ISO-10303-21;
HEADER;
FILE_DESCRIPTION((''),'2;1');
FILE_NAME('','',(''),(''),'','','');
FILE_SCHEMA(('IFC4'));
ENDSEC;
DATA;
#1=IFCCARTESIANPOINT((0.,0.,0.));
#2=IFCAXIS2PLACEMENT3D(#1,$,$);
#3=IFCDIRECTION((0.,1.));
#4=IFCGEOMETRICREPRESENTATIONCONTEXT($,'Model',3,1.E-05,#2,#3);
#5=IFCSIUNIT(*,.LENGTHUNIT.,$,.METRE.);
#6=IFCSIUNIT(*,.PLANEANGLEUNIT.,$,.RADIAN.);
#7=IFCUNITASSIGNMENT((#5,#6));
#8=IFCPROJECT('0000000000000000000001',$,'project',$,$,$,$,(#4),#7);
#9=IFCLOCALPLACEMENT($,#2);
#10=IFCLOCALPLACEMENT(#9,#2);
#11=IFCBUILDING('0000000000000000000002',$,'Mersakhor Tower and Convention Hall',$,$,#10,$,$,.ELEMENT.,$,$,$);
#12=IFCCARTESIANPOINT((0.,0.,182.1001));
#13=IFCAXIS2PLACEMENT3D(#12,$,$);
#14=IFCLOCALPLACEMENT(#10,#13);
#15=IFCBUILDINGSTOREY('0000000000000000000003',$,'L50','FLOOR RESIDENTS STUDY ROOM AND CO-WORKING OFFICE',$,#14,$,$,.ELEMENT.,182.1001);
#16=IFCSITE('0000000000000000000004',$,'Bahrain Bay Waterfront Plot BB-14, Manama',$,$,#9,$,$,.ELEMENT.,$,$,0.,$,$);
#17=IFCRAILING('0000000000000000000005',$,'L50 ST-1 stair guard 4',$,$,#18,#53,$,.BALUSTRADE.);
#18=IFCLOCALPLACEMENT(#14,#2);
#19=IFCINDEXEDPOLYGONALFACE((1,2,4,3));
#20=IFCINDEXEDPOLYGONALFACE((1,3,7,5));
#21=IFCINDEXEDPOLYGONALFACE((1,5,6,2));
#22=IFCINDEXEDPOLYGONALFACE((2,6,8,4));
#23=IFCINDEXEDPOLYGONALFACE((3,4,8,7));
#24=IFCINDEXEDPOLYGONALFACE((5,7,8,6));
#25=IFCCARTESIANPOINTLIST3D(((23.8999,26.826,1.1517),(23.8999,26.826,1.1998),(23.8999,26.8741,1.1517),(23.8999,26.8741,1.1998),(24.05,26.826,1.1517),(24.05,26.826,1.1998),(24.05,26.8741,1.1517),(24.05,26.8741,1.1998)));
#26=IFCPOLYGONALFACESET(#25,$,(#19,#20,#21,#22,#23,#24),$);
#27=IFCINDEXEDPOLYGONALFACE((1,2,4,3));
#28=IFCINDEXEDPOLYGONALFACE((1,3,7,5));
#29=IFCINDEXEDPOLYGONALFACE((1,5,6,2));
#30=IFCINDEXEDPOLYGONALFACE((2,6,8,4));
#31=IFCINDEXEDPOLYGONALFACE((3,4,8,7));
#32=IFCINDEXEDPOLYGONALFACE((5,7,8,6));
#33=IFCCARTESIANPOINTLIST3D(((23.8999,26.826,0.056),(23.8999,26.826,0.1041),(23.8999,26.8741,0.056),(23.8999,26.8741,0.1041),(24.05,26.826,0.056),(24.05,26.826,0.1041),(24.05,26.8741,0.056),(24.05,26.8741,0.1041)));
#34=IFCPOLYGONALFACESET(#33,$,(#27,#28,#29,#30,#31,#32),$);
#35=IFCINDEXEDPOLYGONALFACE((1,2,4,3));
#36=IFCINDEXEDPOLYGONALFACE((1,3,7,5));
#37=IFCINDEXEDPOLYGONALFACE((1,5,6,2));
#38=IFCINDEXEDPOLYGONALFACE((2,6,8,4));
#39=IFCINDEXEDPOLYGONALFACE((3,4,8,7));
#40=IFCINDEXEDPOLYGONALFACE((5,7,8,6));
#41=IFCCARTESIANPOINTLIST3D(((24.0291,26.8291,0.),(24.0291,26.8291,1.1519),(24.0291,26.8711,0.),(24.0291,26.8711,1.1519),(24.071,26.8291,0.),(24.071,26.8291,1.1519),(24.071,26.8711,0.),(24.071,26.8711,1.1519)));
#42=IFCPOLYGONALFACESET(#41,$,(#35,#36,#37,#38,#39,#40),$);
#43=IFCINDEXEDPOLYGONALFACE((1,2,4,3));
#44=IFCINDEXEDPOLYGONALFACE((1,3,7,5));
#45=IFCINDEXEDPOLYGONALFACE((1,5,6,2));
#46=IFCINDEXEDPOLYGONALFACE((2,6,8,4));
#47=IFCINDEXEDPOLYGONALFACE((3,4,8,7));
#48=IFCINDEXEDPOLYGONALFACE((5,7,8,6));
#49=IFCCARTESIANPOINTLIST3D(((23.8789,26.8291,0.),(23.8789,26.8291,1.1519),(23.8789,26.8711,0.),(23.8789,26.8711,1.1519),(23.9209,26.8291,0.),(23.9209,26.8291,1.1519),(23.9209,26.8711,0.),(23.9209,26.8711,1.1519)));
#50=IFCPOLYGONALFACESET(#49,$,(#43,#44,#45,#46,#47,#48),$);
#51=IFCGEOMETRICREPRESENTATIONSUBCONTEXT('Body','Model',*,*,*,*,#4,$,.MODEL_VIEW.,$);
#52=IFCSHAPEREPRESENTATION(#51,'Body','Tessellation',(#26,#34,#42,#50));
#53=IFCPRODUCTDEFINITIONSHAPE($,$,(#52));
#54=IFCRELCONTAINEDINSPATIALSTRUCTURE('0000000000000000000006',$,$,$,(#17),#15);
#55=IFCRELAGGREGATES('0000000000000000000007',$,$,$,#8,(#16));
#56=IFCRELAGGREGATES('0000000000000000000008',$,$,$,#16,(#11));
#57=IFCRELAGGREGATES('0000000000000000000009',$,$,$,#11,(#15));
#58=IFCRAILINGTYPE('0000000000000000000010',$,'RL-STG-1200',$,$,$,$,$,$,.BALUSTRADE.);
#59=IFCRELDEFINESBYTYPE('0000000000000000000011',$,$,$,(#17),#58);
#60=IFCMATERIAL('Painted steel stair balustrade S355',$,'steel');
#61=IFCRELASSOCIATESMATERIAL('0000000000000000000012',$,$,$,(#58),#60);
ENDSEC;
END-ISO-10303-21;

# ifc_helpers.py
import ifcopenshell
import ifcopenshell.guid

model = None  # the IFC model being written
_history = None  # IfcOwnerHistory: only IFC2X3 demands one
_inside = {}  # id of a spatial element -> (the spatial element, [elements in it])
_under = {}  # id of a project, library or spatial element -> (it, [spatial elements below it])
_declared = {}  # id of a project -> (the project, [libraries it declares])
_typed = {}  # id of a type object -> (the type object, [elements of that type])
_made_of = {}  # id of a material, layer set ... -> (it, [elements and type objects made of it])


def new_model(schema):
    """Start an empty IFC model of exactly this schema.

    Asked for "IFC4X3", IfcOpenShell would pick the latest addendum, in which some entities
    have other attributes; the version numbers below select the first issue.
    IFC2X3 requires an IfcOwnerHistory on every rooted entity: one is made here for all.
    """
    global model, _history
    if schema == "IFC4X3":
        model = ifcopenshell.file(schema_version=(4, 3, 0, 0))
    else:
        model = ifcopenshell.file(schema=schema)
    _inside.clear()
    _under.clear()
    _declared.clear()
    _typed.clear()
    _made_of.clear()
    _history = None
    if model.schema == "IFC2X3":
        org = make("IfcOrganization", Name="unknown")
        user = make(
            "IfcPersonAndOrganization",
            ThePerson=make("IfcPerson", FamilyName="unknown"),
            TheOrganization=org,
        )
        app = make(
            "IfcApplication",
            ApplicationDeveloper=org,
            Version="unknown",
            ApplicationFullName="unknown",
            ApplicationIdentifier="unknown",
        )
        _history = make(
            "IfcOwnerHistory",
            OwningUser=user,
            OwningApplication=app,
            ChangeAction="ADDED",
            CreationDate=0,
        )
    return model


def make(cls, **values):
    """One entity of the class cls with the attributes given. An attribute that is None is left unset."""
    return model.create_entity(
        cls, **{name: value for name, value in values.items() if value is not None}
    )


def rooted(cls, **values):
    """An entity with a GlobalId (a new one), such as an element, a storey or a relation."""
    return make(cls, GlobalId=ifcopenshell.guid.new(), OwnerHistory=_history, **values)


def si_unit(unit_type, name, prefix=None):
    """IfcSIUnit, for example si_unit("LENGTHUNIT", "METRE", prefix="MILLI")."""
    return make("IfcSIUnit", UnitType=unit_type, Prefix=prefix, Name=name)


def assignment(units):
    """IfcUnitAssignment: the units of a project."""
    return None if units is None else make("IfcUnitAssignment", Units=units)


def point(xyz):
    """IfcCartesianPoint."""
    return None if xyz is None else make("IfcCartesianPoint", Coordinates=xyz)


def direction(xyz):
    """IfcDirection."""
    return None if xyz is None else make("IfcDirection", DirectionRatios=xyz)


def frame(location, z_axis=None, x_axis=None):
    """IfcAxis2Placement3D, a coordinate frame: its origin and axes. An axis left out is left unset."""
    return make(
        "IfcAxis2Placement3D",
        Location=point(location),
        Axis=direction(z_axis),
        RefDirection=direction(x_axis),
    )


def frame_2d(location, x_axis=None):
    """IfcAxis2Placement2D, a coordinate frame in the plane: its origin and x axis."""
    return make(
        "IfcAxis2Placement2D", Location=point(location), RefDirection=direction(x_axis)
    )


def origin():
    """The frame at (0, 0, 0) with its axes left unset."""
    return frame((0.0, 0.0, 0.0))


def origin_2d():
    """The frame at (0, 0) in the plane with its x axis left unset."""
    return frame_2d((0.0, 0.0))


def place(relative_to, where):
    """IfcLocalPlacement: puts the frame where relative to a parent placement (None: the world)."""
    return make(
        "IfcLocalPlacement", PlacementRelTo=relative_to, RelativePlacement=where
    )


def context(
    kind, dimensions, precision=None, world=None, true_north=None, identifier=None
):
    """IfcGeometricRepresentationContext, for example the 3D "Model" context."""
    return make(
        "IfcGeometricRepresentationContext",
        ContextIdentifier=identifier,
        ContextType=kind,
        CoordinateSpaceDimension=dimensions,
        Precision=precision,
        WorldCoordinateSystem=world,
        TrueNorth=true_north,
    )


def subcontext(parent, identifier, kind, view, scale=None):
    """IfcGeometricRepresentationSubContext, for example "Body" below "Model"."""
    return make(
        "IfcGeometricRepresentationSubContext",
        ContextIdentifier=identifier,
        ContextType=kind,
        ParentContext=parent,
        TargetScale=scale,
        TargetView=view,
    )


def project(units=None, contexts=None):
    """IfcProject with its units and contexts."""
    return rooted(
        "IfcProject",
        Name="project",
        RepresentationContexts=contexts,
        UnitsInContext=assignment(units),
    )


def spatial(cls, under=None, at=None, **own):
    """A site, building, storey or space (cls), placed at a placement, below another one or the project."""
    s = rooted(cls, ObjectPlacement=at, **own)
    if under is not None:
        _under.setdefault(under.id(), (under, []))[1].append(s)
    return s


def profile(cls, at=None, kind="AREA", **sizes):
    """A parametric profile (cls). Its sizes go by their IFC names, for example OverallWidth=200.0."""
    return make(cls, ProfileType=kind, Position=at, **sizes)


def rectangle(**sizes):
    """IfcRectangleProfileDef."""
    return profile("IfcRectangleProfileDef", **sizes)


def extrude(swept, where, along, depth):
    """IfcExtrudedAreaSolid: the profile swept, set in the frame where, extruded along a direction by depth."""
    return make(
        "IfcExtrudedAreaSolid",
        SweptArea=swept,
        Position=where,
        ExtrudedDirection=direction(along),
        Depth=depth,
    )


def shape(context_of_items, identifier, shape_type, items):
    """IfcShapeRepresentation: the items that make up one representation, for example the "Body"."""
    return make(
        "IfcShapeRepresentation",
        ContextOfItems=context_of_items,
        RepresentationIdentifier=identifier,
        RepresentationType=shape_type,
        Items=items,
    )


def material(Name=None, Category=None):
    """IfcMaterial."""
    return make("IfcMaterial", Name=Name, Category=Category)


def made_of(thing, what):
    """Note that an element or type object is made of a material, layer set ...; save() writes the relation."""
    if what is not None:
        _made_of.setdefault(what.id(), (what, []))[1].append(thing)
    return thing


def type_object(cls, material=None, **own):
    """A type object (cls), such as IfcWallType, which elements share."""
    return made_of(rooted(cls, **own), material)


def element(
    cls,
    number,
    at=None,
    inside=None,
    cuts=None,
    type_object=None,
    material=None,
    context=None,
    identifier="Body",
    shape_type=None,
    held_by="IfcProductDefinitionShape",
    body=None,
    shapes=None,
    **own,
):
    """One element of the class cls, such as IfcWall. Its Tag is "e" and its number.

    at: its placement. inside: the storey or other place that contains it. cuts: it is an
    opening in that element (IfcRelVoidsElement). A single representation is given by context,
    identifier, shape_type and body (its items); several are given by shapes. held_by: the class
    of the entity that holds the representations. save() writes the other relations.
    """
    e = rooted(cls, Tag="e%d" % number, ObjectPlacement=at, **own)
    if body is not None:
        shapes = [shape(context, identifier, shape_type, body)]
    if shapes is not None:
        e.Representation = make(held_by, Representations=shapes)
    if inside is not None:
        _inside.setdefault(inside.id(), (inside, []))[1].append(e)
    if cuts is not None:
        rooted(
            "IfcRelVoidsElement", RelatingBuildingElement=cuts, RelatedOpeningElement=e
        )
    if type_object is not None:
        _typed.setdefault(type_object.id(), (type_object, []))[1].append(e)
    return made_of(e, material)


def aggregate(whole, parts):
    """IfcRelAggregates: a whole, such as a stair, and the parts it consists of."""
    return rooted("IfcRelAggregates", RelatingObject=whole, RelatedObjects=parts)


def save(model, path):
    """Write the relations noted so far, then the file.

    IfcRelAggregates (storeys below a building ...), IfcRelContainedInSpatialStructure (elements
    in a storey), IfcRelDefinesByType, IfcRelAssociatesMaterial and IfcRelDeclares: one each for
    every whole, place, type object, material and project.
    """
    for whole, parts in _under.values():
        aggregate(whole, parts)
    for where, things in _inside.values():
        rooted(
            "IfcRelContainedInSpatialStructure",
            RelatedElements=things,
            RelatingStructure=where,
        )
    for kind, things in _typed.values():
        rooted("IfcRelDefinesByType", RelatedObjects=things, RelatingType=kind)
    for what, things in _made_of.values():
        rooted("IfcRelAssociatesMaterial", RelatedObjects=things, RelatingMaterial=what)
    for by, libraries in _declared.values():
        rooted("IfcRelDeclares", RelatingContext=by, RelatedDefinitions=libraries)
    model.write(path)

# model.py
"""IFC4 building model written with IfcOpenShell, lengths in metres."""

from ifc_helpers import new_model, si_unit, direction, frame, origin, origin_2d, place, context, subcontext, project, spatial, rectangle, extrude, material, type_object, element, save


model = new_model("IFC4")

# Units and contexts
model_context = context("Model", 3, precision=1e-05, world=origin(), true_north=direction((0.0, 1.0)))
body_context = subcontext(model_context, "Body", "Model", "MODEL_VIEW")
ifc_project = project(units=[si_unit("LENGTHUNIT", "METRE"), si_unit("PLANEANGLEUNIT", "RADIAN")], contexts=[model_context])

# Site, building, storey
site_placement = place(None, origin())
site = spatial("IfcSite", under=ifc_project, at=site_placement, Name="Bahrain Bay Waterfront Plot BB-14, Manama", CompositionType="ELEMENT", RefElevation=0.0)
building_placement = place(site_placement, origin())
building = spatial("IfcBuilding", under=site, at=building_placement, Name="Mersakhor Tower and Convention Hall", CompositionType="ELEMENT")
storey_placement = place(building_placement, frame((0.0, 0.0, 182.1001)))
storey = spatial("IfcBuildingStorey", under=building, at=storey_placement, Name="L50", Description="FLOOR RESIDENTS STUDY ROOM AND CO-WORKING OFFICE", CompositionType="ELEMENT", Elevation=182.1001)

# Railing
ifc_material_1 = material(Name="Painted steel stair balustrade S355", Category="steel")
railing_type_1 = type_object("IfcRailingType", Name="RL-STG-1200", PredefinedType="BALUSTRADE", material=ifc_material_1)
railing_1_placement = place(storey_placement, frame((24.05, 26.8501, 0.0)))
element("IfcRailing", 1, at=railing_1_placement, inside=storey, type_object=railing_type_1, Name="L50 ST-1 stair guard 4", PredefinedType="BALUSTRADE", context=body_context, shape_type="SweptSolid", body=[
    extrude(rectangle(XDim=0.0481, YDim=0.0481, at=origin_2d()), frame((0.0, 0.0, 1.1758), z_axis=(-1.0, 0.0, 0.0), x_axis=(0.0, -1.0, 0.0)), (0.0, 0.0, 1.0), 0.1501),
    extrude(rectangle(XDim=0.0481, YDim=0.0481, at=origin_2d()), frame((0.0, 0.0, 0.0801), z_axis=(-1.0, 0.0, 0.0), x_axis=(0.0, -1.0, 0.0)), (0.0, 0.0, 1.0), 0.1501),
    extrude(rectangle(XDim=0.042, YDim=0.042, at=origin_2d()), origin(), (0.0, 0.0, 1.0), 1.1519),
    extrude(rectangle(XDim=0.042, YDim=0.042, at=origin_2d()), frame((-0.1501, 0.0, 0.0)), (0.0, 0.0, 1.0), 1.1519),
])

save(model, "model.ifc")
